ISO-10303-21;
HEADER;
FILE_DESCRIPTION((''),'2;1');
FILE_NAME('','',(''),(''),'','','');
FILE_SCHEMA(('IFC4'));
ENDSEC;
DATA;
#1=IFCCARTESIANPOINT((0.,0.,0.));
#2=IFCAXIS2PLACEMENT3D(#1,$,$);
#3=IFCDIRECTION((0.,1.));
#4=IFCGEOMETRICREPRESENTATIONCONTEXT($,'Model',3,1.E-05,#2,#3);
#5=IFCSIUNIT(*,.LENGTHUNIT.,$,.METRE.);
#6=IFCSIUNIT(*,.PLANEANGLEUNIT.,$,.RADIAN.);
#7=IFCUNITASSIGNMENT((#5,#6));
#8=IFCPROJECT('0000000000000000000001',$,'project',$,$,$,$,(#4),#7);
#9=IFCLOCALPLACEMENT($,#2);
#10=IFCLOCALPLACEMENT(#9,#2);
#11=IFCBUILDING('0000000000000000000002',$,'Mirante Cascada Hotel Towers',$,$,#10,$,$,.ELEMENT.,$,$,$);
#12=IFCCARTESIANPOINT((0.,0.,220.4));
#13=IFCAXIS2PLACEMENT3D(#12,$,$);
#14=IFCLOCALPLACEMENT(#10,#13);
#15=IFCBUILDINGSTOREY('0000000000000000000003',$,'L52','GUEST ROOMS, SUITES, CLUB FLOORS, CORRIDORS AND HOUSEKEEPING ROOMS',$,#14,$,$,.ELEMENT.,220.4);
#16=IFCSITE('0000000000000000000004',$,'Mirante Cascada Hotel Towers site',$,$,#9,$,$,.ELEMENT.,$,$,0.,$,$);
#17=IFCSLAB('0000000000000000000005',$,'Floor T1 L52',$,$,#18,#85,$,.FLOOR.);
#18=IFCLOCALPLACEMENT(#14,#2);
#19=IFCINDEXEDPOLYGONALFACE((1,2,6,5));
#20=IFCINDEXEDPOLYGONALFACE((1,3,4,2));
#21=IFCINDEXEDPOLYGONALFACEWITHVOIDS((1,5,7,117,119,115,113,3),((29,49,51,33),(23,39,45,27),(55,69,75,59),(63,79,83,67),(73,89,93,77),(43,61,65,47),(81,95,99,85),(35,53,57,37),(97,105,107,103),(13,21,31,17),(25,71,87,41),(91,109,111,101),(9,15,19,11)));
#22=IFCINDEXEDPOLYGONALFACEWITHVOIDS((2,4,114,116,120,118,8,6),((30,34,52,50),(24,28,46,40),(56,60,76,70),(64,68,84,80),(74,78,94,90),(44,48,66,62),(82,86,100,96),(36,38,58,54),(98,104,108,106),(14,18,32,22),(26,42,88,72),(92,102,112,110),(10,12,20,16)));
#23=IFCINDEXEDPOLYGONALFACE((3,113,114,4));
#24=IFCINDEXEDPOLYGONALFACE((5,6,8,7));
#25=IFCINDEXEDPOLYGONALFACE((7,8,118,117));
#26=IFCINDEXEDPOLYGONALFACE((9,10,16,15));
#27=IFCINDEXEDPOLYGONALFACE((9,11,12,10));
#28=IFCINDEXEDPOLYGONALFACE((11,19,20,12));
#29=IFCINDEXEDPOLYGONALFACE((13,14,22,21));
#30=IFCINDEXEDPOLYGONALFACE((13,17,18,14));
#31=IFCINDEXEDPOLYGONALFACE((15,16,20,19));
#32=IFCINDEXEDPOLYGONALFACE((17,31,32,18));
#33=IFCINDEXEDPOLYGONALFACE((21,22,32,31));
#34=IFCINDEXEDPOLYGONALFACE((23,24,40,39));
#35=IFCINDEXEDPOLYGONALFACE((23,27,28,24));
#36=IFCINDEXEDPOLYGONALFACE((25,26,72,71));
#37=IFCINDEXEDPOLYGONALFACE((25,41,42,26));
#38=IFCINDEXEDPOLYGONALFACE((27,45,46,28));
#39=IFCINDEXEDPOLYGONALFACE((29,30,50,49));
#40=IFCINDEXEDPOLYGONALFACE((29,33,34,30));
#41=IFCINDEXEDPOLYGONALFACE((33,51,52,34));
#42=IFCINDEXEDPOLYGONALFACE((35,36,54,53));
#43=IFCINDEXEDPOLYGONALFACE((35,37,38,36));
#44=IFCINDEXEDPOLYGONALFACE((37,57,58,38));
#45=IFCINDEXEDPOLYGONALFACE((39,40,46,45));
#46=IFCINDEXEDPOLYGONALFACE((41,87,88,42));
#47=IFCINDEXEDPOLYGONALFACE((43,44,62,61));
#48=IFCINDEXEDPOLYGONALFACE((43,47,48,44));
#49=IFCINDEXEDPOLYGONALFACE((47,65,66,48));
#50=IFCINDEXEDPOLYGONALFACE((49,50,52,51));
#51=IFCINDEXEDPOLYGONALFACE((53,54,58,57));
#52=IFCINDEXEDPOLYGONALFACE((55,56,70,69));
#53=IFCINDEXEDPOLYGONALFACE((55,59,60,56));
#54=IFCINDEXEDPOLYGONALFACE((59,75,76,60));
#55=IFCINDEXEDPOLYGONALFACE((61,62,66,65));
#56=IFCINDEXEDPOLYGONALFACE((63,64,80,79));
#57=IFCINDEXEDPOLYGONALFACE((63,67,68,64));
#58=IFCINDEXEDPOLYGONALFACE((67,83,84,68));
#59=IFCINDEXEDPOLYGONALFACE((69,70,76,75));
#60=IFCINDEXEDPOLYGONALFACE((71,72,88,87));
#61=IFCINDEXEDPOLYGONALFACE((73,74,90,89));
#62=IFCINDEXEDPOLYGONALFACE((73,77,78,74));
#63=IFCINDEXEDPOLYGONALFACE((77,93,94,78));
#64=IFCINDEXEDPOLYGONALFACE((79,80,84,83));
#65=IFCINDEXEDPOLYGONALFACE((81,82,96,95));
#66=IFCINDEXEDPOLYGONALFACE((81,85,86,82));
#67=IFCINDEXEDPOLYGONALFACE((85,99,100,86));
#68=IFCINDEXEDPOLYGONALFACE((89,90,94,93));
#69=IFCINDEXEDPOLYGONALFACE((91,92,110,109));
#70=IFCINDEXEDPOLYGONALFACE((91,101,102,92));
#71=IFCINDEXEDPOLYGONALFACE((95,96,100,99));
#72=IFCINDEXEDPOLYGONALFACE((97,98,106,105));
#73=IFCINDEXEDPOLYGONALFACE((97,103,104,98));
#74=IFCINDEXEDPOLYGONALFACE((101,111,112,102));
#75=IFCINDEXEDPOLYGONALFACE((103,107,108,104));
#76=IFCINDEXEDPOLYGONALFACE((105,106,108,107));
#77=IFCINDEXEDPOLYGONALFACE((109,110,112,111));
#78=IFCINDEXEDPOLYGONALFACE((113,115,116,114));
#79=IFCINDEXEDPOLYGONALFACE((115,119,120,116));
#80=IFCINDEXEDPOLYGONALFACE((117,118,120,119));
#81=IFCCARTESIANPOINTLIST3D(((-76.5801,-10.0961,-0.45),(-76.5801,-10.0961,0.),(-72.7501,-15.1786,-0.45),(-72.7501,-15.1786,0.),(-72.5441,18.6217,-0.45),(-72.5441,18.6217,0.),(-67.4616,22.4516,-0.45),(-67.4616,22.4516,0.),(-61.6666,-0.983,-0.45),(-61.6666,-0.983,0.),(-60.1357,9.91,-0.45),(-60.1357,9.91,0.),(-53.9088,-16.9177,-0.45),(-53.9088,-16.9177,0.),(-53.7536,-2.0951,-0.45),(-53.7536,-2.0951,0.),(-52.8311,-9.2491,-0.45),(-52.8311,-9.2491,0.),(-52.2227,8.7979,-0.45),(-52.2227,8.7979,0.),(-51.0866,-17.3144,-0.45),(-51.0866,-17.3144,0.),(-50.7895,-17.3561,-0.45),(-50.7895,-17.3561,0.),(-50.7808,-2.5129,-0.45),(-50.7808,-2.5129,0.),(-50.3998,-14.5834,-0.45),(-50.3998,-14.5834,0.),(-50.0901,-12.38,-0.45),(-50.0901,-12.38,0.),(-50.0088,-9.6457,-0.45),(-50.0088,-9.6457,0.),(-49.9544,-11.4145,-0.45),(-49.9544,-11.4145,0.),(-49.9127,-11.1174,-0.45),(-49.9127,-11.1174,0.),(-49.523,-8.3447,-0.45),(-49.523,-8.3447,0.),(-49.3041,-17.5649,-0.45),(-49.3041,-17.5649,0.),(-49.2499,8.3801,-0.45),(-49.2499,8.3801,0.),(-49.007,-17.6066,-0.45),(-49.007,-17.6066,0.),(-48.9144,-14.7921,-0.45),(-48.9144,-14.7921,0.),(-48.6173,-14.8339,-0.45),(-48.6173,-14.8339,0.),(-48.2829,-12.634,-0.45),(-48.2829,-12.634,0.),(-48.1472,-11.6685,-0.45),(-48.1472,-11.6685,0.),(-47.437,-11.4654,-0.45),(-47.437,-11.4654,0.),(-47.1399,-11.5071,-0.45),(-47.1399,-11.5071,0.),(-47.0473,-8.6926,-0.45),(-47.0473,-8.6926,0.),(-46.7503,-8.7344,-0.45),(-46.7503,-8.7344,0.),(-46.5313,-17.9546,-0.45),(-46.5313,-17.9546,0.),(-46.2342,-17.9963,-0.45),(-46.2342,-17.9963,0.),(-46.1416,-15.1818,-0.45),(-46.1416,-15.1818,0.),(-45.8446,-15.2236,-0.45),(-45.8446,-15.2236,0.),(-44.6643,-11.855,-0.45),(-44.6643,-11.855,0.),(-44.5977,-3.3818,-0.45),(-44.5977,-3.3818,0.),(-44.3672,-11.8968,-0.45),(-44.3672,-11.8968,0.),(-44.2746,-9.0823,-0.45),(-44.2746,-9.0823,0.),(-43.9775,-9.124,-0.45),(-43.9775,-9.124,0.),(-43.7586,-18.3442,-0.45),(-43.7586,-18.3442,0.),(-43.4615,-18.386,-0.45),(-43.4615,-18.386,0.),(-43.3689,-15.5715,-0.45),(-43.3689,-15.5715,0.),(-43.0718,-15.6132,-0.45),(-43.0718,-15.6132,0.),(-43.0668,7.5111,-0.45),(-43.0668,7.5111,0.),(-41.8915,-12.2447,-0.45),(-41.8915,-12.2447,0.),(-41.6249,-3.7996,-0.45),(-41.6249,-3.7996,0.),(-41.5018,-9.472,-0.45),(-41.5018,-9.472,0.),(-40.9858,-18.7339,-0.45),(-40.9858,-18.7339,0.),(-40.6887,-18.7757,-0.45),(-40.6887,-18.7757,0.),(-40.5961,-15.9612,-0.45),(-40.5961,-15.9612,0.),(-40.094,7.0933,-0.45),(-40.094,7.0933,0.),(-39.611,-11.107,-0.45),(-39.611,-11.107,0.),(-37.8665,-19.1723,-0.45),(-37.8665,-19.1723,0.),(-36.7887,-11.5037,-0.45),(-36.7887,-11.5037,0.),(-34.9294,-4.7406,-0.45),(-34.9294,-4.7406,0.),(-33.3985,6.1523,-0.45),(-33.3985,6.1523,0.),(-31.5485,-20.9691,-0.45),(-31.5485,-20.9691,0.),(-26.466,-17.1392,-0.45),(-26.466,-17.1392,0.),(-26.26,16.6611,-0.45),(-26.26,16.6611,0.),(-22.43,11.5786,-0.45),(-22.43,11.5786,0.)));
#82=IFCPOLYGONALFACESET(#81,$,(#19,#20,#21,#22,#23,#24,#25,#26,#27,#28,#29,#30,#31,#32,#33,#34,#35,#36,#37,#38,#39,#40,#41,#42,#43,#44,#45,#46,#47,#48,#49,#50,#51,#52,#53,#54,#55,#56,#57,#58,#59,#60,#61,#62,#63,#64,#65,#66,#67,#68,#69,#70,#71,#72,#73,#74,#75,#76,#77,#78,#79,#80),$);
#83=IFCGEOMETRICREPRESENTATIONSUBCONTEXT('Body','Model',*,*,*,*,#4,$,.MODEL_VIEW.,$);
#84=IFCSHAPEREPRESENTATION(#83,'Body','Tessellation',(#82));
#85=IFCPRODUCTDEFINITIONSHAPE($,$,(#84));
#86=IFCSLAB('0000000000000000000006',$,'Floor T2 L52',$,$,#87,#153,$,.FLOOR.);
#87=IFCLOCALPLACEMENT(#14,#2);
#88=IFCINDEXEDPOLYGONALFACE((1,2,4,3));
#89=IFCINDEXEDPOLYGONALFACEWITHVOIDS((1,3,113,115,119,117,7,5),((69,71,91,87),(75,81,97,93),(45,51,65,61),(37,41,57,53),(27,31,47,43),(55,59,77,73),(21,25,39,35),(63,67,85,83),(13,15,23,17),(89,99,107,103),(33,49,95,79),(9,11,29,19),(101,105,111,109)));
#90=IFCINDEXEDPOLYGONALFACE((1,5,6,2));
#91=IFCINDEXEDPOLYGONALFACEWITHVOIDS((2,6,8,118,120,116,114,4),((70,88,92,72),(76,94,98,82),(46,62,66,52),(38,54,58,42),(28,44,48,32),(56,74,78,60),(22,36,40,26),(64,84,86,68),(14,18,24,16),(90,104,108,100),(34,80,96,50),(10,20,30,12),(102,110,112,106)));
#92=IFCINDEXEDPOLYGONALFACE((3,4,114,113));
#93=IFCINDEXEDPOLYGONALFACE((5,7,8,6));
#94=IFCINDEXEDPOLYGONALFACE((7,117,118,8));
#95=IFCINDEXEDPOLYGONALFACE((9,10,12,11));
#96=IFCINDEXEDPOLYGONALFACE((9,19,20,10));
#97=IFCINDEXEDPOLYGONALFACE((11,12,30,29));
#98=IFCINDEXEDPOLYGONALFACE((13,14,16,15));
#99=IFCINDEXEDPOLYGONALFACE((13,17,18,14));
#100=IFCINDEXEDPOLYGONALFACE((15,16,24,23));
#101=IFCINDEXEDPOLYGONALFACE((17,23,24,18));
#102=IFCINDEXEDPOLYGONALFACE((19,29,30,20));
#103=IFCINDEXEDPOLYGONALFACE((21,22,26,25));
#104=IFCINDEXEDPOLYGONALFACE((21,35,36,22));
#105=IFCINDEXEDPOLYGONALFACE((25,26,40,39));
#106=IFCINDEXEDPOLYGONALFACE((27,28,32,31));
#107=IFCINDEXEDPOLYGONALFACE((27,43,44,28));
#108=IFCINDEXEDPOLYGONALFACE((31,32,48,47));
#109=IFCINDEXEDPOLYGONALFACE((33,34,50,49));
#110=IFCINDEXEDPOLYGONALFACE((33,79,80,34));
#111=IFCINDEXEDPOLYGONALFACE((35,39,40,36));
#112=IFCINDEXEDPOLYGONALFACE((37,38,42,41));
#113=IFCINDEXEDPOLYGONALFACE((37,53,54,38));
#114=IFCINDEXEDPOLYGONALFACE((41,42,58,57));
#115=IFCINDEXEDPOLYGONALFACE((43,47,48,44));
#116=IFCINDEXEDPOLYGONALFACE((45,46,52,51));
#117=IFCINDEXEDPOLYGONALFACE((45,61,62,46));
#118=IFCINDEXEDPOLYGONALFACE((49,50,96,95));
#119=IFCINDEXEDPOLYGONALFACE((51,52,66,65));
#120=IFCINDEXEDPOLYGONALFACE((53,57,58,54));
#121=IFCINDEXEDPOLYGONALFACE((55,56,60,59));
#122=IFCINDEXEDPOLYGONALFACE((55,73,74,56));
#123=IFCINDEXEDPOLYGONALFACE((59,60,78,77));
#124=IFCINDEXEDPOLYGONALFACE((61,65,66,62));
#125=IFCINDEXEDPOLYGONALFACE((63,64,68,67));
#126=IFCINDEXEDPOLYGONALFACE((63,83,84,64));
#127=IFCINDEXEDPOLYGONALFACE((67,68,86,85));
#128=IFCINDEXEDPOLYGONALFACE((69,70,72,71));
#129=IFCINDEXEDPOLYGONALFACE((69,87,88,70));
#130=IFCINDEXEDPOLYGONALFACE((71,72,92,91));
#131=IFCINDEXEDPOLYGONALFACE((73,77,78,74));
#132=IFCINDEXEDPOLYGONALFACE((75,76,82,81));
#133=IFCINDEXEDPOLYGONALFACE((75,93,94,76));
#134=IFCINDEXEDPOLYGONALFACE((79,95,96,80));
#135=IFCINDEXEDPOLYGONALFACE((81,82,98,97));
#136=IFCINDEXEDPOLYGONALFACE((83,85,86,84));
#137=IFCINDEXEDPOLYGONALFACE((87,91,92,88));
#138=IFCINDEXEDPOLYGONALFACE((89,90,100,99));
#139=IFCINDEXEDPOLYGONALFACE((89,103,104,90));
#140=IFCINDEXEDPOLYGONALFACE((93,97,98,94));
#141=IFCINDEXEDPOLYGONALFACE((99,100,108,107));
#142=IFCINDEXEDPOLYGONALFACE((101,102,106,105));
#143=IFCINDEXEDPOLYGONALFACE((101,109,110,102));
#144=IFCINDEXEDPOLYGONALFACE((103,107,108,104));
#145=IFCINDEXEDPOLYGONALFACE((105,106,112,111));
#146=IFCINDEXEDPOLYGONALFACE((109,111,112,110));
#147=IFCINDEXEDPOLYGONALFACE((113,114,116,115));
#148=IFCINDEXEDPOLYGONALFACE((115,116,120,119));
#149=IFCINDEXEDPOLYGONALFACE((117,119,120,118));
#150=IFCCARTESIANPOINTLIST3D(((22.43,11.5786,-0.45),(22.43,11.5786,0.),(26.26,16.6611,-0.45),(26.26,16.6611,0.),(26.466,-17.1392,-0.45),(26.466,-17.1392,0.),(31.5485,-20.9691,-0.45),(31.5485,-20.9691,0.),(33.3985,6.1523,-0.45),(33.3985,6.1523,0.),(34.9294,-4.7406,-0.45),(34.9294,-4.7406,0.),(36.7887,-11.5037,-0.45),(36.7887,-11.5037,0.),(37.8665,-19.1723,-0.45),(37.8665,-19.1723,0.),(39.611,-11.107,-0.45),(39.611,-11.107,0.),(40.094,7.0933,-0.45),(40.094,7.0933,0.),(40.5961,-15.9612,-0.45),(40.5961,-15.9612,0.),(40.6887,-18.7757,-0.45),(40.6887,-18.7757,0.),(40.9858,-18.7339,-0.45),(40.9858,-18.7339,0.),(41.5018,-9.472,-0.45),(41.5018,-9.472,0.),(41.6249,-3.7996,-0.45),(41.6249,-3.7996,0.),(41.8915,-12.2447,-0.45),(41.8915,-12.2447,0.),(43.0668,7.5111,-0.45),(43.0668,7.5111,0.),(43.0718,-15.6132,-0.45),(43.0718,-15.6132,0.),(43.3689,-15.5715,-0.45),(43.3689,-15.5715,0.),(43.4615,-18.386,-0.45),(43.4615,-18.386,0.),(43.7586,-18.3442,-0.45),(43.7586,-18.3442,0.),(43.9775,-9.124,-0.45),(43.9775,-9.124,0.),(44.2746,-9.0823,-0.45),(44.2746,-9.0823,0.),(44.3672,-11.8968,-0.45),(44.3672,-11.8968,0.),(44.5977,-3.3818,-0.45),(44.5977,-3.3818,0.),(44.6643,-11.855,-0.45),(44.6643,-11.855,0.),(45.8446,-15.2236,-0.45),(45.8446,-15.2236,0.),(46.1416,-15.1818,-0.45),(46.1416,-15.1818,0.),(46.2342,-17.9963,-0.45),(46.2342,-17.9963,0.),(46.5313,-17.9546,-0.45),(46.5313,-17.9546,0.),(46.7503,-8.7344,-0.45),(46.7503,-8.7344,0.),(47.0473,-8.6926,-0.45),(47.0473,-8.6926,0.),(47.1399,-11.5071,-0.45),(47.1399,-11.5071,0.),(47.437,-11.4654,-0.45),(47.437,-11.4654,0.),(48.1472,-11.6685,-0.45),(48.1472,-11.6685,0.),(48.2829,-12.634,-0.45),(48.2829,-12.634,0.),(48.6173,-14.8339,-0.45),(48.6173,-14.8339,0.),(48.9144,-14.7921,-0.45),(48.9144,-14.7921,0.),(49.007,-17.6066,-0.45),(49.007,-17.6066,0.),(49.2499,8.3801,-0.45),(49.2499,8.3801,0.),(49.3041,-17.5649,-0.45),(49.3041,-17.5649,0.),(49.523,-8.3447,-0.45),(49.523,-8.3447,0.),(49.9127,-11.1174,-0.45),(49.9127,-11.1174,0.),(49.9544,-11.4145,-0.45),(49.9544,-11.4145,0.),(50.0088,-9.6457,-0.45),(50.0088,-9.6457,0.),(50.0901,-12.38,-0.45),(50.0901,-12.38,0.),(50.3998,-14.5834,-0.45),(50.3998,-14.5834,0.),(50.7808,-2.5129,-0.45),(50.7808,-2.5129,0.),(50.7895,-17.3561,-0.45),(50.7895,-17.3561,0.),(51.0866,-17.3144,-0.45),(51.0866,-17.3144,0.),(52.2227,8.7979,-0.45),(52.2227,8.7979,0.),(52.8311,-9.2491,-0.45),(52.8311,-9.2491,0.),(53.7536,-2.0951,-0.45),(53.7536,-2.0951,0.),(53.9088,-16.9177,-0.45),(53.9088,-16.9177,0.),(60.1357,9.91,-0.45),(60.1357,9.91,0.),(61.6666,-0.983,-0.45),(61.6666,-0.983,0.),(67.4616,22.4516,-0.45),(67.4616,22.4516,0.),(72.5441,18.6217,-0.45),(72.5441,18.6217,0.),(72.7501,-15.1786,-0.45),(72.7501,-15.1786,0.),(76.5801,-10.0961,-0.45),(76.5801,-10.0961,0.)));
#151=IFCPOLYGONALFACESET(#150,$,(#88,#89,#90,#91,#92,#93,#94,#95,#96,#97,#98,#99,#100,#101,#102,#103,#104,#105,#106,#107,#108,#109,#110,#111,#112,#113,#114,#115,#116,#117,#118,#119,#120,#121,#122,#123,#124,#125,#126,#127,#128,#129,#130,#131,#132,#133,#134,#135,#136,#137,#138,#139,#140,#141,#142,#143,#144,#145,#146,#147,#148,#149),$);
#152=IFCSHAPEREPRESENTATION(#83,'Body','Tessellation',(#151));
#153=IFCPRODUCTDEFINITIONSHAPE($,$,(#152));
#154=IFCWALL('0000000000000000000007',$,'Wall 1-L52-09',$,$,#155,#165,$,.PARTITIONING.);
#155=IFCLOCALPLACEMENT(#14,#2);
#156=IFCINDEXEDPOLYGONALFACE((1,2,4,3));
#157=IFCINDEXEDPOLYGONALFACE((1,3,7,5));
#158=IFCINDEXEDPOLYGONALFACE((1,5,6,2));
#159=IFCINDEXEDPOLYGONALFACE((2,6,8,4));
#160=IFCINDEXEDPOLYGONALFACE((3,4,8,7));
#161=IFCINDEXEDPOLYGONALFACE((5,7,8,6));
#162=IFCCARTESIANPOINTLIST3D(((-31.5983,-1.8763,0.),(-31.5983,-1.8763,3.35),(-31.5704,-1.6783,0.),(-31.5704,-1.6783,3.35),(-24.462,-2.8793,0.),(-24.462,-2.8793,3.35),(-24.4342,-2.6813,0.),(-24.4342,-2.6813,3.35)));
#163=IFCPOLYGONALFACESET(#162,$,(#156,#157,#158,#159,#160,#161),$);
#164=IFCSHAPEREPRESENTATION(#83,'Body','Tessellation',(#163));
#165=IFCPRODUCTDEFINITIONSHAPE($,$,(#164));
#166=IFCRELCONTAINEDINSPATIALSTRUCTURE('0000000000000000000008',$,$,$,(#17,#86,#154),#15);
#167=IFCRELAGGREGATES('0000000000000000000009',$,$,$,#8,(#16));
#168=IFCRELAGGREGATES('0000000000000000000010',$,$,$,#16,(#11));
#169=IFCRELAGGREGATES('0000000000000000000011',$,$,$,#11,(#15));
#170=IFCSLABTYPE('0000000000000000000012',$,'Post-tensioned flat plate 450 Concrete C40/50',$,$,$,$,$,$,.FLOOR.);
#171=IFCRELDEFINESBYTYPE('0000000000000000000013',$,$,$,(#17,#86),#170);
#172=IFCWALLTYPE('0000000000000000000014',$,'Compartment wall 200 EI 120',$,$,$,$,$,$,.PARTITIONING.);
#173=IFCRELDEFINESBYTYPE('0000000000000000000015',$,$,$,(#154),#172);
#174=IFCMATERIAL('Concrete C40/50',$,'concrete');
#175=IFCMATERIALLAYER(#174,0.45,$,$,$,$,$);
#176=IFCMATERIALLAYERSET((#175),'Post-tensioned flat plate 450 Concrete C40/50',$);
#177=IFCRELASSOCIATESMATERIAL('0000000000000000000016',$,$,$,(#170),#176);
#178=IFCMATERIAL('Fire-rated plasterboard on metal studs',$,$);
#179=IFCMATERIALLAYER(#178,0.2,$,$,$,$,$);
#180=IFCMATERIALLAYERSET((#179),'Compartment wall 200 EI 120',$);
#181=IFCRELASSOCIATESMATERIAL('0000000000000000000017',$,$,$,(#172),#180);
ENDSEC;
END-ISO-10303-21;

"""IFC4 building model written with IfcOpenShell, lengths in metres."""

from ifc_helpers import new_model, si_unit, direction, frame, frame_2d, origin, place, context, subcontext, project, spatial, polyline, rectangle, outline, extrude, material, layer, layer_set, type_object, element, save


model = new_model("IFC4")

# Units and contexts
model_context = context("Model", 3, precision=1e-05, world=origin(), true_north=direction((0.0, 1.0)))
body_context = subcontext(model_context, "Body", "Model", "MODEL_VIEW")
ifc_project = project(units=[si_unit("LENGTHUNIT", "METRE"), si_unit("PLANEANGLEUNIT", "RADIAN")], contexts=[model_context])

# Site, building, storey
site_placement = place(None, origin())
site = spatial("IfcSite", under=ifc_project, at=site_placement, Name="Mirante Cascada Hotel Towers site", CompositionType="ELEMENT", RefElevation=0.0)
building_placement = place(site_placement, origin())
building = spatial("IfcBuilding", under=site, at=building_placement, Name="Mirante Cascada Hotel Towers", CompositionType="ELEMENT")
storey_placement = place(building_placement, frame((0.0, 0.0, 220.4)))
storey = spatial("IfcBuildingStorey", under=building, at=storey_placement, Name="L52", Description="GUEST ROOMS, SUITES, CLUB FLOORS, CORRIDORS AND HOUSEKEEPING ROOMS", CompositionType="ELEMENT", Elevation=220.4)

# Slabs
ifc_material_1 = material(Name="Concrete C40/50", Category="concrete")
ifc_layer_1 = layer(ifc_material_1, 0.45)
ifc_layer_set_1 = layer_set([ifc_layer_1], Name="Post-tensioned flat plate 450 Concrete C40/50")
slab_type = type_object("IfcSlabType", Name="Post-tensioned flat plate 450 Concrete C40/50", PredefinedType="FLOOR", material=ifc_layer_set_1)
slab_1_placement = place(storey_placement, frame((0.0, 0.0, -0.45)))
element("IfcSlab", 1, at=slab_1_placement, inside=storey, type_object=slab_type, Name="Floor T1 L52", PredefinedType="FLOOR", context=body_context, shape_type="SweptSolid", body=[
    extrude(outline(polyline([(-26.466, -17.1392), (-22.43, 11.5786), (-26.26, 16.6611), (-67.4616, 22.4516), (-72.5441, 18.6217), (-76.5801, -10.0961), (-72.7501, -15.1786), (-31.5485, -20.9691), (-26.466, -17.1392)]), holes=[polyline([(-40.5961, -15.9612), (-40.9858, -18.7339), (-43.4615, -18.386), (-43.0718, -15.6132), (-40.5961, -15.9612)]), polyline([(-43.3689, -15.5715), (-43.7586, -18.3442), (-46.2342, -17.9963), (-45.8446, -15.2236), (-43.3689, -15.5715)]), polyline([(-46.1416, -15.1818), (-46.5313, -17.9546), (-49.007, -17.6066), (-48.6173, -14.8339), (-46.1416, -15.1818)]), polyline([(-36.7887, -11.5037), (-37.8665, -19.1723), (-40.6887, -18.7757), (-39.611, -11.107), (-36.7887, -11.5037)]), polyline([(-43.9775, -9.124), (-41.5018, -9.472), (-41.8915, -12.2447), (-44.3672, -11.8968), (-43.9775, -9.124)]), polyline([(-44.2746, -9.0823), (-44.6643, -11.855), (-47.1399, -11.5071), (-46.7503, -8.7344), (-44.2746, -9.0823)]), polyline([(-50.3998, -14.5834), (-48.9144, -14.7921), (-49.3041, -17.5649), (-50.7895, -17.3561), (-50.3998, -14.5834)]), polyline([(-50.0088, -9.6457), (-51.0866, -17.3144), (-53.9088, -16.9177), (-52.8311, -9.2491), (-50.0088, -9.6457)]), polyline([(-48.1472, -11.6685), (-48.2829, -12.634), (-50.0901, -12.38), (-49.9544, -11.4145), (-48.1472, -11.6685)]), polyline([(-49.523, -8.3447), (-47.0473, -8.6926), (-47.437, -11.4654), (-49.9127, -11.1174), (-49.523, -8.3447)]), polyline([(-52.2227, 8.7979), (-53.7536, -2.0951), (-53.7536, -2.0951), (-61.6666, -0.983), (-60.1357, 9.91), (-52.2227, 8.7979)]), polyline([(-43.0668, 7.5111), (-44.5977, -3.3818), (-50.7808, -2.5129), (-49.2499, 8.3801), (-43.0668, 7.5111)]), polyline([(-33.3985, 6.1523), (-34.9294, -4.7406), (-41.6249, -3.7996), (-40.094, 7.0933), (-33.3985, 6.1523)])]), origin(), (0.0, 0.0, 1.0), 0.45),
])
slab_2_placement = place(storey_placement, frame((0.0, 0.0, -0.45)))
element("IfcSlab", 2, at=slab_2_placement, inside=storey, type_object=slab_type, Name="Floor T2 L52", PredefinedType="FLOOR", context=body_context, shape_type="SweptSolid", body=[
    extrude(outline(polyline([(26.466, -17.1392), (22.43, 11.5786), (26.26, 16.6611), (67.4616, 22.4516), (72.5441, 18.6217), (76.5801, -10.0961), (72.7501, -15.1786), (31.5485, -20.9691), (26.466, -17.1392)]), holes=[polyline([(40.5961, -15.9612), (40.9858, -18.7339), (43.4615, -18.386), (43.0718, -15.6132), (40.5961, -15.9612)]), polyline([(43.3689, -15.5715), (43.7586, -18.3442), (46.2342, -17.9963), (45.8446, -15.2236), (43.3689, -15.5715)]), polyline([(46.1416, -15.1818), (46.5313, -17.9546), (49.007, -17.6066), (48.6173, -14.8339), (46.1416, -15.1818)]), polyline([(37.8665, -19.1723), (40.6887, -18.7757), (39.611, -11.107), (36.7887, -11.5037), (37.8665, -19.1723)]), polyline([(43.9775, -9.124), (41.5018, -9.472), (41.8915, -12.2447), (44.3672, -11.8968), (43.9775, -9.124)]), polyline([(44.2746, -9.0823), (44.6643, -11.855), (47.1399, -11.5071), (46.7503, -8.7344), (44.2746, -9.0823)]), polyline([(50.3998, -14.5834), (48.9144, -14.7921), (49.3041, -17.5649), (50.7895, -17.3561), (50.3998, -14.5834)]), polyline([(51.0866, -17.3144), (53.9088, -16.9177), (52.8311, -9.2491), (50.0088, -9.6457), (51.0866, -17.3144)]), polyline([(48.1472, -11.6685), (48.2829, -12.634), (50.0901, -12.38), (49.9544, -11.4145), (48.1472, -11.6685)]), polyline([(49.523, -8.3447), (47.0473, -8.6926), (47.437, -11.4654), (49.9127, -11.1174), (49.523, -8.3447)]), polyline([(60.1357, 9.91), (61.6666, -0.983), (53.7536, -2.0951), (53.7536, -2.0951), (52.2227, 8.7979), (60.1357, 9.91)]), polyline([(49.2499, 8.3801), (50.7808, -2.5129), (44.5977, -3.3818), (43.0668, 7.5111), (49.2499, 8.3801)]), polyline([(34.9294, -4.7406), (33.3985, 6.1523), (40.094, 7.0933), (41.6249, -3.7996), (34.9294, -4.7406)])]), origin(), (0.0, 0.0, 1.0), 0.45),
])

# Wall
ifc_material_2 = material(Name="Fire-rated plasterboard on metal studs")
ifc_layer_2 = layer(ifc_material_2, 0.2)
ifc_layer_set_2 = layer_set([ifc_layer_2], Name="Compartment wall 200 EI 120")
wall_type_1 = type_object("IfcWallType", Name="Compartment wall 200 EI 120", PredefinedType="PARTITIONING", material=ifc_layer_set_2)
wall_1_placement = place(storey_placement, frame((-24.4481, -2.7803, 0.0), z_axis=(0.0, 0.0, 1.0), x_axis=(-0.990267, 0.139181, 0.0)))
element("IfcWall", 3, at=wall_1_placement, inside=storey, type_object=wall_type_1, Name="Wall 1-L52-09", PredefinedType="PARTITIONING", context=body_context, shape_type="SweptSolid", body=[
    extrude(rectangle(XDim=7.2064, YDim=0.2, at=frame_2d((3.6032, 0.0))), origin(), (0.0, 0.0, 1.0), 3.35),
])

save(model, "model.ifc")
